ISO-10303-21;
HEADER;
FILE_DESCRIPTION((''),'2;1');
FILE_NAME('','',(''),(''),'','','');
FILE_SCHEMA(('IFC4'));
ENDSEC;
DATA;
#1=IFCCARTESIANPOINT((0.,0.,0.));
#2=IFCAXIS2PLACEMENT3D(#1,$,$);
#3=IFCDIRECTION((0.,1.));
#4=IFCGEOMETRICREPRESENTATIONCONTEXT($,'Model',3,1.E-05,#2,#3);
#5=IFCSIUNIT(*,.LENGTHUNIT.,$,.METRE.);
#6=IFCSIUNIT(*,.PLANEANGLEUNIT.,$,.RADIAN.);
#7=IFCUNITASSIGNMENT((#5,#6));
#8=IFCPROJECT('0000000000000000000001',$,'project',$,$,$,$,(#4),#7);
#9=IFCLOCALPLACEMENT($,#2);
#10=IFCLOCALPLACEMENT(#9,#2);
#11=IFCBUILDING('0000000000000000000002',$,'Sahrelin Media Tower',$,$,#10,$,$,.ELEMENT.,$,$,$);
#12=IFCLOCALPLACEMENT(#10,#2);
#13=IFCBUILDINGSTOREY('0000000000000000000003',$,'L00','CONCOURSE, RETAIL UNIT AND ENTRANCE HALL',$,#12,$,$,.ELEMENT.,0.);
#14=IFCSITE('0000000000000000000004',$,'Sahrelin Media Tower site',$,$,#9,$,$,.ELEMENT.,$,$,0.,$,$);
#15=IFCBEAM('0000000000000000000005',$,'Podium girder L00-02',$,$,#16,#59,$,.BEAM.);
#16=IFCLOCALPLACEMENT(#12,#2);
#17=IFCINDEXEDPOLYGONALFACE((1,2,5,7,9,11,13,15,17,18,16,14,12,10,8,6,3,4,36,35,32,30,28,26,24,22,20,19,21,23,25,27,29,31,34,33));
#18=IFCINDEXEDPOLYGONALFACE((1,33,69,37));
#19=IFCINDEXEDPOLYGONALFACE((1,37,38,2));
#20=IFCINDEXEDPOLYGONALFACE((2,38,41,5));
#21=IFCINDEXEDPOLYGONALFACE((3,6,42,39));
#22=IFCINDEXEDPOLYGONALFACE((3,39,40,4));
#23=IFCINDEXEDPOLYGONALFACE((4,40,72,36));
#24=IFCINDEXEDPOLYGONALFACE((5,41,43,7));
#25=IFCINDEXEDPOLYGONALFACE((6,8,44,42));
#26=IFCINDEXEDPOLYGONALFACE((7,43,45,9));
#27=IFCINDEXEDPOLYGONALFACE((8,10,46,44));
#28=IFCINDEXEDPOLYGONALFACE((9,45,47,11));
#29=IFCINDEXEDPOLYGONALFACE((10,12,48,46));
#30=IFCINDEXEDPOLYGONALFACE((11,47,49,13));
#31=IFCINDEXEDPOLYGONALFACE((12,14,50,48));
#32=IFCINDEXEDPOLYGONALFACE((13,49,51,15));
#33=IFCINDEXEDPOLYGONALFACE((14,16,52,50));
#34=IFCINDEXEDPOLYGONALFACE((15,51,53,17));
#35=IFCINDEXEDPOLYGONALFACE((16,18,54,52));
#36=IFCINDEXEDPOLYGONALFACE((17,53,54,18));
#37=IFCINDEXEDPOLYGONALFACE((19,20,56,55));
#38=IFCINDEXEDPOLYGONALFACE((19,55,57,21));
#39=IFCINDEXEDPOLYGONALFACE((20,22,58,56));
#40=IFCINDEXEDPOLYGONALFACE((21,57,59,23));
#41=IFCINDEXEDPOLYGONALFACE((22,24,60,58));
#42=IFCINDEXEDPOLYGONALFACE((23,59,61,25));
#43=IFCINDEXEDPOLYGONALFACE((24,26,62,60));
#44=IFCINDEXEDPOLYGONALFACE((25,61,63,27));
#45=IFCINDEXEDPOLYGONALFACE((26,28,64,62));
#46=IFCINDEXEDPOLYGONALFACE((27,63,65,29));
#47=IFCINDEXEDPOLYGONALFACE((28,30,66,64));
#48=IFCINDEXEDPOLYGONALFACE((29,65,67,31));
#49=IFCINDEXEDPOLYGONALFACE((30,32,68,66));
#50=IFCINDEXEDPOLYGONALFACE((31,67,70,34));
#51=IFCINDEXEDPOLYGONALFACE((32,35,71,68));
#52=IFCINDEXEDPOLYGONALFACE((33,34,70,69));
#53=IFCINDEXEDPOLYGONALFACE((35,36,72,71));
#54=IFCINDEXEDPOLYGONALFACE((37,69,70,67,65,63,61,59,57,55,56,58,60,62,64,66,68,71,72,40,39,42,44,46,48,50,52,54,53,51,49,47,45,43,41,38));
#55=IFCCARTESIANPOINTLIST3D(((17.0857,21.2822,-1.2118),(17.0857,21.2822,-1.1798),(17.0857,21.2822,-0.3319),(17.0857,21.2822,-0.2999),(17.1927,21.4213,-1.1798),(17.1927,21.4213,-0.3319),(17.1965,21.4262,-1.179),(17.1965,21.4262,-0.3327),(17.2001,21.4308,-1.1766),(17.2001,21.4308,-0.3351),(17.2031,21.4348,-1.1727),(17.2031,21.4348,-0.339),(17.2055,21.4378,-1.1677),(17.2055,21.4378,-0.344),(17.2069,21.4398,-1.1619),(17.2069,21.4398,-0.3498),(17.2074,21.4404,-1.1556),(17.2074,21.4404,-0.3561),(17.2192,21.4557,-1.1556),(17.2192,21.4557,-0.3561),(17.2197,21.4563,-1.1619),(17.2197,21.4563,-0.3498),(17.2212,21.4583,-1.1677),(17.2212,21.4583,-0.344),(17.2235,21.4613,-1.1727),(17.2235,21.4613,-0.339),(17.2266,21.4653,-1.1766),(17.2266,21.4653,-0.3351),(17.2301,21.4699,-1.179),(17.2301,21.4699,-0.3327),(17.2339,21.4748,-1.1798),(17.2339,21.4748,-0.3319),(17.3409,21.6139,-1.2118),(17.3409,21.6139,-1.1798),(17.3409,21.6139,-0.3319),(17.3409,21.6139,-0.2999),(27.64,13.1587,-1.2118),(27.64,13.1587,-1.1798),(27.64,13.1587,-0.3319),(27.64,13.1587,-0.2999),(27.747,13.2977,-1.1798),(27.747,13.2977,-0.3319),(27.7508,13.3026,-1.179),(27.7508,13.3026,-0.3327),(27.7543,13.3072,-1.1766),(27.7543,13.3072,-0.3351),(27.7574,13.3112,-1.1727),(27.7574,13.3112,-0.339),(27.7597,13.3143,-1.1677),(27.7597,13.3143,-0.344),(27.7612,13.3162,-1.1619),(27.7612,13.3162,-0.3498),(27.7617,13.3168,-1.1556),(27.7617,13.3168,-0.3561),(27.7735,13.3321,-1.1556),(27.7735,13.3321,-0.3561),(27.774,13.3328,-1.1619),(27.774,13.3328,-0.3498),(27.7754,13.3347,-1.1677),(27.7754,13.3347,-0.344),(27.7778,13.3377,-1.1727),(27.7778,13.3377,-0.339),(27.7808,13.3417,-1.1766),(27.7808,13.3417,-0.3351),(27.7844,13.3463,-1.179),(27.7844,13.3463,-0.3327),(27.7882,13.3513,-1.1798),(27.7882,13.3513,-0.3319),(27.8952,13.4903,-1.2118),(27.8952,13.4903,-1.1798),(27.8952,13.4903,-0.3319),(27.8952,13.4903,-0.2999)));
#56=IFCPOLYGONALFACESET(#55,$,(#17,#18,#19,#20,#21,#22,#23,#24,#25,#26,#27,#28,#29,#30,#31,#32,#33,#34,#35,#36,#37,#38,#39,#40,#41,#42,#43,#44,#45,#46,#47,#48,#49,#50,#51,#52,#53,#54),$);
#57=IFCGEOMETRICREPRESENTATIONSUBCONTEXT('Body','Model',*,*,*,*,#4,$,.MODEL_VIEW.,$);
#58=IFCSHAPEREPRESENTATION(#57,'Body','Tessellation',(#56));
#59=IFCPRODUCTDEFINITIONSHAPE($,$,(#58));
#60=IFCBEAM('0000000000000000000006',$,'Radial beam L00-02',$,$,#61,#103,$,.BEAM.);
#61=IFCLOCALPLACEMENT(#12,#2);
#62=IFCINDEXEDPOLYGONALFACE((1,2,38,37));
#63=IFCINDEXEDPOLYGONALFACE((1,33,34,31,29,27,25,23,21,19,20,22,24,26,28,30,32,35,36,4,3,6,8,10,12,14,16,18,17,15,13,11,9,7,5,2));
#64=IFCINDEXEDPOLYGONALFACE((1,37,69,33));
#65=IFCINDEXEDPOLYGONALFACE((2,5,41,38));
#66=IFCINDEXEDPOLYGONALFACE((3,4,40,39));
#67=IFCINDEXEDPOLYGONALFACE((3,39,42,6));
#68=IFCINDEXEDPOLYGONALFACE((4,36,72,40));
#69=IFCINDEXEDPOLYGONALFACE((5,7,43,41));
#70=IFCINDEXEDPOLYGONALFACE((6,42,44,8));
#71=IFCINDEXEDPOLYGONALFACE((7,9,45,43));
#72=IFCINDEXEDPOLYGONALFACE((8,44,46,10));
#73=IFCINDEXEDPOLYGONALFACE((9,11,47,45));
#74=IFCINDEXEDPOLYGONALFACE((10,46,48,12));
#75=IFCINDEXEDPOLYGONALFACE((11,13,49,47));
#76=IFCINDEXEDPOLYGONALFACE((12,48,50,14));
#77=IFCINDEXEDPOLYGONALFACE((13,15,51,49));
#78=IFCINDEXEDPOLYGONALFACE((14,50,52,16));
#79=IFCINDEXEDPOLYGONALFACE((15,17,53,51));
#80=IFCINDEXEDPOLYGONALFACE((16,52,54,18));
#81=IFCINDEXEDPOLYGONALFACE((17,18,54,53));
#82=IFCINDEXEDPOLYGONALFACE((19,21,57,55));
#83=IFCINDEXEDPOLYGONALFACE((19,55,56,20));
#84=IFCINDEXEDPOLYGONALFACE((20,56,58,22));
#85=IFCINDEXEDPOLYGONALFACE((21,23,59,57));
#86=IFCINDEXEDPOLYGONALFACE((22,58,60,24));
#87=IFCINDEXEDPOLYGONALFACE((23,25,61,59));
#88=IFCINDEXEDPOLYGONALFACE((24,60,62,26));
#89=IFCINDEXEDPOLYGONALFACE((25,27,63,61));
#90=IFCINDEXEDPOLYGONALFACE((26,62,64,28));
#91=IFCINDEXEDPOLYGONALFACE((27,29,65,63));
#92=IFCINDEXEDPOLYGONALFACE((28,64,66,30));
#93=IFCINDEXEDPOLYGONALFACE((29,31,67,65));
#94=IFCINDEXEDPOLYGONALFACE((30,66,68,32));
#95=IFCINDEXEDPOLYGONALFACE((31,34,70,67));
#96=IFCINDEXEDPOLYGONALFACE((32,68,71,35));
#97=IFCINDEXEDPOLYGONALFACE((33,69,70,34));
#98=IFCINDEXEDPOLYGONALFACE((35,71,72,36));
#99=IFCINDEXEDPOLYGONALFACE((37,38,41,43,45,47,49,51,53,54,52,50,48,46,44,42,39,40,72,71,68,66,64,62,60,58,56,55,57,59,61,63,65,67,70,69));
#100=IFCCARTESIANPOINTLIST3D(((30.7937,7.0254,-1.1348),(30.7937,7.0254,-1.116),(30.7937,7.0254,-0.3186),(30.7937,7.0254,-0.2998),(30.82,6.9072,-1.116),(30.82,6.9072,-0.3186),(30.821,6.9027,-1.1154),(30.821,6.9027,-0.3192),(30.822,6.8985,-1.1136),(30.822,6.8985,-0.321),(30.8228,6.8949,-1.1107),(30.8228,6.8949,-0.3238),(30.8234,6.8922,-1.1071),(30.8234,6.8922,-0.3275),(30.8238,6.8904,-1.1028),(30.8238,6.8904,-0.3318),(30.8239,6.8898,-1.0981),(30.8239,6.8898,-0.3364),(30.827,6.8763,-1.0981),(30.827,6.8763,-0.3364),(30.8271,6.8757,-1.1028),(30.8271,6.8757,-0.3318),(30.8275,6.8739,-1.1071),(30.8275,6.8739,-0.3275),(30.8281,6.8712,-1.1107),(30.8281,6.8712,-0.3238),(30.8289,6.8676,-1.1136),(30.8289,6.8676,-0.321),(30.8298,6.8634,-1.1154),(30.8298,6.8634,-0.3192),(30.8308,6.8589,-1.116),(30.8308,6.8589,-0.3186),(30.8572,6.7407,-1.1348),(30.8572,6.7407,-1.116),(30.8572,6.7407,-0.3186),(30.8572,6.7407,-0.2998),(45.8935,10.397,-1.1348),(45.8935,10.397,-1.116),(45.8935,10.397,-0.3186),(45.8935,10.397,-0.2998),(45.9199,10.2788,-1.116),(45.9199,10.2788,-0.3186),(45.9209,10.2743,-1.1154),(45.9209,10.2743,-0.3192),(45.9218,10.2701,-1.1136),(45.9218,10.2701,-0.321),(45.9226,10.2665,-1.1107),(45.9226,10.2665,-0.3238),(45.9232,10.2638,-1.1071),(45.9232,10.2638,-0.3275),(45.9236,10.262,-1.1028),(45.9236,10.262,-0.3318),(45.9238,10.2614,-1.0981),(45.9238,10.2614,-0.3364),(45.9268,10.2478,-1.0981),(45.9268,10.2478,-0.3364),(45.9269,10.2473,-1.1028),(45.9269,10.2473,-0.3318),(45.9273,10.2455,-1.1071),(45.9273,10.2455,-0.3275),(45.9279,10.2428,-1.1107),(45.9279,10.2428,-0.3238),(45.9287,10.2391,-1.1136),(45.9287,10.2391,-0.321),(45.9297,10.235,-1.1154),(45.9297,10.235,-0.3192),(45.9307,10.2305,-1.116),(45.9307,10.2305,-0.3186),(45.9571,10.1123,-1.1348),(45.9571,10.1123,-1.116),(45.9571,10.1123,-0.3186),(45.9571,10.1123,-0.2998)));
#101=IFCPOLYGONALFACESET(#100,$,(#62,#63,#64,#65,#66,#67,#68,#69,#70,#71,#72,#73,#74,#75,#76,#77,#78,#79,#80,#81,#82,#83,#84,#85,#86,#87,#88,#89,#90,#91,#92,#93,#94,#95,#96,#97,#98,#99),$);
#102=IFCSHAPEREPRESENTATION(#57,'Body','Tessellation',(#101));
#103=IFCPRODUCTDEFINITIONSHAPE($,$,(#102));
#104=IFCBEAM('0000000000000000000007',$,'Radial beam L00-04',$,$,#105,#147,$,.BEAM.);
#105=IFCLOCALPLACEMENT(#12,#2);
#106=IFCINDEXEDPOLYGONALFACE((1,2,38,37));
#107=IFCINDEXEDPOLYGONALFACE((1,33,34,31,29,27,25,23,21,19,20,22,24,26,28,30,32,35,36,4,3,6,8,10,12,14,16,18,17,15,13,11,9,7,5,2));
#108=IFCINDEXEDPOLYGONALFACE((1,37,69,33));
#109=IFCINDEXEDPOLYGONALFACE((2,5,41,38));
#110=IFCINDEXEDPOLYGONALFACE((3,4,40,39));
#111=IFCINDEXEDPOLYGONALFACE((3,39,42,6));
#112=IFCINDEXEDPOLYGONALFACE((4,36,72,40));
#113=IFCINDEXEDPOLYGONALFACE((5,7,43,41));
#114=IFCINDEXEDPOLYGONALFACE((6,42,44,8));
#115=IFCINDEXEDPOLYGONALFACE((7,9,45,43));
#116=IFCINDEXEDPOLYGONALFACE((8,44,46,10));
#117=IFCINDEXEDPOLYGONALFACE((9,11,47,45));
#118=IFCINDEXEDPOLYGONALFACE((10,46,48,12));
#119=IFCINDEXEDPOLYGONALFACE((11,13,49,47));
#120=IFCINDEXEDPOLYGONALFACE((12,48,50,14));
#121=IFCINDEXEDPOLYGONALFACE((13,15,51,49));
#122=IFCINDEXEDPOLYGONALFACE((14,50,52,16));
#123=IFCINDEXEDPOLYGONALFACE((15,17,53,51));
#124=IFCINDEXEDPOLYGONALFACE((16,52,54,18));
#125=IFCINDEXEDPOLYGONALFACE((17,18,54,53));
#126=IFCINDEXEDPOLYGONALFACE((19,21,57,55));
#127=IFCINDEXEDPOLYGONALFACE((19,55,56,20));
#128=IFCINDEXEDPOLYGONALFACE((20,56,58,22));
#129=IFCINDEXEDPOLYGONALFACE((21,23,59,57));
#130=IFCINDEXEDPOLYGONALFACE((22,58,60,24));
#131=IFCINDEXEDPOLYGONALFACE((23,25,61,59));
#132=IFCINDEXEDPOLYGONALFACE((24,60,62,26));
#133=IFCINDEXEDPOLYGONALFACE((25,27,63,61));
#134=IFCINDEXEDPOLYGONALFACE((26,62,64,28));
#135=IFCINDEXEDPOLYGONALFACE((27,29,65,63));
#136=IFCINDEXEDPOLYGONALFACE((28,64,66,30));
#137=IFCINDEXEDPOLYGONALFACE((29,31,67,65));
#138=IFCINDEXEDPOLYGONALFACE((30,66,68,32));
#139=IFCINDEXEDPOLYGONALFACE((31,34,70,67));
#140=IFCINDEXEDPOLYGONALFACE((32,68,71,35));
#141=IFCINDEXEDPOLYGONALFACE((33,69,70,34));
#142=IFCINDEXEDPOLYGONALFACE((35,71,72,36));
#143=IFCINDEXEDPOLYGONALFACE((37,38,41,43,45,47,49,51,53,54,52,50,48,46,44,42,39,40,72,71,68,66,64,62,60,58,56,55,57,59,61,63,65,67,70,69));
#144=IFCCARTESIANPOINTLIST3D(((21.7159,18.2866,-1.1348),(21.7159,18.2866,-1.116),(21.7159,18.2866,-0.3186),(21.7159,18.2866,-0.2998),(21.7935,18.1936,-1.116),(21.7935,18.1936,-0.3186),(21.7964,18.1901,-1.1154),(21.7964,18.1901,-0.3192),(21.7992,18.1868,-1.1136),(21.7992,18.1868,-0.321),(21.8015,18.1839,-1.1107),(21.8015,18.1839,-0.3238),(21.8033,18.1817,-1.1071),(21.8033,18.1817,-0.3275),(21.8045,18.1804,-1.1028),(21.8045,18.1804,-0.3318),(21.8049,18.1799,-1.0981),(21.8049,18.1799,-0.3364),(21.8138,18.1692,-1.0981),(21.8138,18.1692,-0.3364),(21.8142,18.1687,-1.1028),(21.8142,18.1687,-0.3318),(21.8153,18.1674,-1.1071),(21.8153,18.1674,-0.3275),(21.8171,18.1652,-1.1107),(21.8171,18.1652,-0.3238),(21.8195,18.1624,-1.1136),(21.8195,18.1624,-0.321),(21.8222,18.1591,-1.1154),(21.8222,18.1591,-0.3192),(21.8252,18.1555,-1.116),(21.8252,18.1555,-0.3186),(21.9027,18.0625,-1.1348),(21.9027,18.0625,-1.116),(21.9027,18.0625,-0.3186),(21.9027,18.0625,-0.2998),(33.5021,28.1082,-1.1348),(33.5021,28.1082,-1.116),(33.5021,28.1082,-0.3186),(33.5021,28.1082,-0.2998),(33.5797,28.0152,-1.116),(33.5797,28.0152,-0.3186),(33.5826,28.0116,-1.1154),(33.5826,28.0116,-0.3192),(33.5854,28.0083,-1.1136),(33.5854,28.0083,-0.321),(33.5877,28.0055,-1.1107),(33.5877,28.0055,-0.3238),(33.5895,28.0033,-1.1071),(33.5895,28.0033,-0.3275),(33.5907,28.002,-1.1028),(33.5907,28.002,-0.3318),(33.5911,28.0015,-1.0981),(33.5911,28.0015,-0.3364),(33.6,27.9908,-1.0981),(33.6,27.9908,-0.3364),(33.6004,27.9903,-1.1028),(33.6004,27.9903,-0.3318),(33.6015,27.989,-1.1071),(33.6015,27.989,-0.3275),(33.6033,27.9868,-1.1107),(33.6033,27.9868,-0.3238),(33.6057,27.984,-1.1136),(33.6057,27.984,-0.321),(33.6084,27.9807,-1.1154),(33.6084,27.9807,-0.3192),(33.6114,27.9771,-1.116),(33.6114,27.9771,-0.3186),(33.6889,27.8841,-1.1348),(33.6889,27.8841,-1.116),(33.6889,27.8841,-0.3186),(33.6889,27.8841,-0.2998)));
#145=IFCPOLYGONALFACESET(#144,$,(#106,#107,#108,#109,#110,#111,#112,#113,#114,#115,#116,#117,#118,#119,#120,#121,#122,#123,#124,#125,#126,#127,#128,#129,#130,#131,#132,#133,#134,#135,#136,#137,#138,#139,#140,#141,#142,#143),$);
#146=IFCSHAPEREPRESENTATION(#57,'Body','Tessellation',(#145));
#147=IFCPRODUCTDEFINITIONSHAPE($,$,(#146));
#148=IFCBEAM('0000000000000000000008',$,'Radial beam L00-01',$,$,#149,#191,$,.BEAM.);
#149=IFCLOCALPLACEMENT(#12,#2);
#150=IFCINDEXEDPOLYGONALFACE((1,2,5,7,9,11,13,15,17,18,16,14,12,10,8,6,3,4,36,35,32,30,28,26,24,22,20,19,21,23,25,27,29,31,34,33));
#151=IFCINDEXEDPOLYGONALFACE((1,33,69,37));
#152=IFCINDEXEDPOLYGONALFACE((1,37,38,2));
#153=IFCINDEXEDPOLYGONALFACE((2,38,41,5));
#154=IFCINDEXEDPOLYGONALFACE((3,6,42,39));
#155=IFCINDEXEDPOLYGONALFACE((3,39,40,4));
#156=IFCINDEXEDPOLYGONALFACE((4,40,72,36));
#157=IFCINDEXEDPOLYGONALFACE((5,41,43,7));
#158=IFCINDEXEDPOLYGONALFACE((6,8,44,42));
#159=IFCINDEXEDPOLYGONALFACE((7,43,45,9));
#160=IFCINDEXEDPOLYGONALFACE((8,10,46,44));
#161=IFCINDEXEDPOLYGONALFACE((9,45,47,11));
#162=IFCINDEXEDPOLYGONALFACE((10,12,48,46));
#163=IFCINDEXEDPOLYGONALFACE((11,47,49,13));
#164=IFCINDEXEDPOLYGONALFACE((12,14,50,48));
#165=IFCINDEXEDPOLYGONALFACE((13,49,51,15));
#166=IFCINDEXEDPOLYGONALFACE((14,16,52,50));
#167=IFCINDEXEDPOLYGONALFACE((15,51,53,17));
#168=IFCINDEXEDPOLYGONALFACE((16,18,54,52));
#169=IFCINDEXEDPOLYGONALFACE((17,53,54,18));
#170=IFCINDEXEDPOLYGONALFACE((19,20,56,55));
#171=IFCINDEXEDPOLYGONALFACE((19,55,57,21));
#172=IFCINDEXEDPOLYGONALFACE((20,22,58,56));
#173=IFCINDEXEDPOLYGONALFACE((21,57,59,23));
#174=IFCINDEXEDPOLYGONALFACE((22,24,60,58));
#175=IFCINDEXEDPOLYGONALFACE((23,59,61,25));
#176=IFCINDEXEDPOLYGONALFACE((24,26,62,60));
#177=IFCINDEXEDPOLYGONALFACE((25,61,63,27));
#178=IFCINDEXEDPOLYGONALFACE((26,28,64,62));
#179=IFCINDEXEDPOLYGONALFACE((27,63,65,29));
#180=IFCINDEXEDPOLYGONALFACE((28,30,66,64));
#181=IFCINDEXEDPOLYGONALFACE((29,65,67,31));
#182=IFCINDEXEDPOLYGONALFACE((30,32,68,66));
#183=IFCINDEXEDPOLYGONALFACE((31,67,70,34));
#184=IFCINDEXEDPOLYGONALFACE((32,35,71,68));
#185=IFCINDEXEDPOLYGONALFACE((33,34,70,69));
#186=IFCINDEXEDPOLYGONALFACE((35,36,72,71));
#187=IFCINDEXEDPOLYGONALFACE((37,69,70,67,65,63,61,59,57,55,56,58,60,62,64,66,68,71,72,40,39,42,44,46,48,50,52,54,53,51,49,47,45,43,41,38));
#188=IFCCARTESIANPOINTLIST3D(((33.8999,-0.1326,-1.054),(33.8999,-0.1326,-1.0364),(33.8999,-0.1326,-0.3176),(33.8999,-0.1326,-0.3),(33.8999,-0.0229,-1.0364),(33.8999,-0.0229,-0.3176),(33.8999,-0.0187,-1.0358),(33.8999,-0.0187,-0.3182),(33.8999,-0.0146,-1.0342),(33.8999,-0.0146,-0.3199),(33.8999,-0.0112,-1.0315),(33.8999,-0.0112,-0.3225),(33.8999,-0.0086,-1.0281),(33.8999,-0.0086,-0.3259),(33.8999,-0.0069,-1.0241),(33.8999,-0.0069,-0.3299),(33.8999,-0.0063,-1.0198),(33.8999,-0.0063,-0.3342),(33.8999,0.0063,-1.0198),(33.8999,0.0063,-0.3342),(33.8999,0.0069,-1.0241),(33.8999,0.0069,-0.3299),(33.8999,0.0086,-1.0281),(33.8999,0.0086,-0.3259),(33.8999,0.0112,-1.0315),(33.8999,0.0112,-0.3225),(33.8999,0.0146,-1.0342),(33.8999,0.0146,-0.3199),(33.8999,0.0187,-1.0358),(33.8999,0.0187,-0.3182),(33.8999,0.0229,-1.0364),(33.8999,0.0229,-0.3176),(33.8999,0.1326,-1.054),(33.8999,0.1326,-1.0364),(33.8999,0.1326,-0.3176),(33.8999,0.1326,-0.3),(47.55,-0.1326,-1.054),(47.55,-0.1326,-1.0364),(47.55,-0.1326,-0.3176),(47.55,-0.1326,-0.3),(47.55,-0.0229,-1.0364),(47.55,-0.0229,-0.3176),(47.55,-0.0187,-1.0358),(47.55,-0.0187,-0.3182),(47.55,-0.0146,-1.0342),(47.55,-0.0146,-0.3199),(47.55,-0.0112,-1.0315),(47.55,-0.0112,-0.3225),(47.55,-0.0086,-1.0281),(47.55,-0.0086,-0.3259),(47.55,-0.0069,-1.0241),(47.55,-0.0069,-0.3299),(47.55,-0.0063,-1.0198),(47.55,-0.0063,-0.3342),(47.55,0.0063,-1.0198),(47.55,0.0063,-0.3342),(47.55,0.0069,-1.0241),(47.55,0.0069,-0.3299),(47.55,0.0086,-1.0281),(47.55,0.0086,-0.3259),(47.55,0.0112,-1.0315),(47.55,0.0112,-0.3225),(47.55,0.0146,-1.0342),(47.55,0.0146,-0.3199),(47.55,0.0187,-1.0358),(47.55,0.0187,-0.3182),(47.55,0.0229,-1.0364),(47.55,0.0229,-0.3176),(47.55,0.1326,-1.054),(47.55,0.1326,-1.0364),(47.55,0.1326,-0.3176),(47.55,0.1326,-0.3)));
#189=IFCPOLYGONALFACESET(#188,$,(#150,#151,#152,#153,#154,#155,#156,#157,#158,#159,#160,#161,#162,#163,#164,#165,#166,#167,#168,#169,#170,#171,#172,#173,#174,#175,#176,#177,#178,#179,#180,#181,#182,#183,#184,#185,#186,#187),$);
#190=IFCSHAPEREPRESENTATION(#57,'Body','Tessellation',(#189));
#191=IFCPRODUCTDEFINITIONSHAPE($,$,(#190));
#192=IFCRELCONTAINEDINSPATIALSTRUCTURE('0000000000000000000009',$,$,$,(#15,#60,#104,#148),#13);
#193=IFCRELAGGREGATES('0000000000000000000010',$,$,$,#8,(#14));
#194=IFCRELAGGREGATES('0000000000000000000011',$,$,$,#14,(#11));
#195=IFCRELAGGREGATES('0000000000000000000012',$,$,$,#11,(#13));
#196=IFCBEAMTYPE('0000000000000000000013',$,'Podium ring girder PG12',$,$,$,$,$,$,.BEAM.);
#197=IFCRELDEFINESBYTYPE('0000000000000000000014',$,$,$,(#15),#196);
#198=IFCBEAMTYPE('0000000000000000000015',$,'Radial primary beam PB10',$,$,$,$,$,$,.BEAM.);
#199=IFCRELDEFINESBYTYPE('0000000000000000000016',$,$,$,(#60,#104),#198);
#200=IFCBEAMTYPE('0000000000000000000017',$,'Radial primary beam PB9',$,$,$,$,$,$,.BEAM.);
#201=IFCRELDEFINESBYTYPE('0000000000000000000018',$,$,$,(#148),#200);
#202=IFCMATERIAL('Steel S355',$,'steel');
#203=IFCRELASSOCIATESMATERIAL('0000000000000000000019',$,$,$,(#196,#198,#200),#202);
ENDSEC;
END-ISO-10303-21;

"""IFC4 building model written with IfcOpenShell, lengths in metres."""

from ifc_helpers import new_model, si_unit, direction, frame, origin, origin_2d, place, context, subcontext, project, spatial, i_section, extrude, material, material_profile, profile_set, type_object, element, save


model = new_model("IFC4")

# Units and contexts
model_context = context("Model", 3, precision=1e-05, world=origin(), true_north=direction((0.0, 1.0)))
body_context = subcontext(model_context, "Body", "Model", "MODEL_VIEW")
ifc_project = project(units=[si_unit("LENGTHUNIT", "METRE"), si_unit("PLANEANGLEUNIT", "RADIAN")], contexts=[model_context])

# Site, building, storey
site_placement = place(None, origin())
site = spatial("IfcSite", under=ifc_project, at=site_placement, Name="Sahrelin Media Tower site", CompositionType="ELEMENT", RefElevation=0.0)
building_placement = place(site_placement, origin())
building = spatial("IfcBuilding", under=site, at=building_placement, Name="Sahrelin Media Tower", CompositionType="ELEMENT")
storey_placement = place(building_placement, origin())
storey = spatial("IfcBuildingStorey", under=building, at=storey_placement, Name="L00", Description="CONCOURSE, RETAIL UNIT AND ENTRANCE HALL", CompositionType="ELEMENT", Elevation=0.0)

# Beams
ifc_material_1 = material(Name="Steel S355", Category="steel")
ifc_material_profile_1 = material_profile(ifc_material_1, i_section(OverallWidth=0.4185, OverallDepth=0.9119, WebThickness=0.0193, FlangeThickness=0.032, FilletRadius=0.0242, at=origin_2d()), Name="UB 914x419x343")
ifc_profile_set_1 = profile_set([ifc_material_profile_1], Name="Steel S355")
beam_type_1 = type_object("IfcBeamType", Name="Podium ring girder PG12", PredefinedType="BEAM", material=ifc_profile_set_1)
beam_1_placement = place(storey_placement, frame((27.7676, 13.3245, -0.7559), z_axis=(-0.792445, 0.609943, 0.0), x_axis=(-0.609943, -0.792445, 0.0)))
element("IfcBeam", 1, at=beam_1_placement, inside=storey, type_object=beam_type_1, Name="Podium girder L00-02", PredefinedType="BEAM", context=body_context, shape_type="SweptSolid", body=[
    extrude(i_section(OverallWidth=0.4185, OverallDepth=0.9119, WebThickness=0.0193, FlangeThickness=0.032, FilletRadius=0.0242, at=origin_2d()), origin(), (0.0, 0.0, 1.0), 13.3186),
])
ifc_material_profile_2 = material_profile(ifc_material_1, i_section(OverallWidth=0.2917, OverallDepth=0.835, WebThickness=0.0139, FlangeThickness=0.0188, FilletRadius=0.0178, at=origin_2d()), Name="UB 838x292x176")
ifc_profile_set_2 = profile_set([ifc_material_profile_2], Name="Steel S355")
beam_type_2 = type_object("IfcBeamType", Name="Radial primary beam PB10", PredefinedType="BEAM", material=ifc_profile_set_2)
beam_2_placement = place(storey_placement, frame((30.8254, 6.8831, -0.7173), z_axis=(0.975967, 0.217919, 0.0), x_axis=(-0.217919, 0.975967, 0.0)))
element("IfcBeam", 2, at=beam_2_placement, inside=storey, type_object=beam_type_2, Name="Radial beam L00-02", PredefinedType="BEAM", context=body_context, shape_type="SweptSolid", body=[
    extrude(i_section(OverallWidth=0.2917, OverallDepth=0.835, WebThickness=0.0139, FlangeThickness=0.0188, FilletRadius=0.0178, at=origin_2d()), origin(), (0.0, 0.0, 1.0), 15.4717),
])
beam_3_placement = place(storey_placement, frame((21.8093, 18.1746, -0.7173), z_axis=(0.768229, 0.640175, 0.0), x_axis=(-0.640175, 0.768229, 0.0)))
element("IfcBeam", 3, at=beam_3_placement, inside=storey, type_object=beam_type_2, Name="Radial beam L00-04", PredefinedType="BEAM", context=body_context, shape_type="SweptSolid", body=[
    extrude(i_section(OverallWidth=0.2917, OverallDepth=0.835, WebThickness=0.0139, FlangeThickness=0.0188, FilletRadius=0.0178, at=origin_2d()), origin(), (0.0, 0.0, 1.0), 15.342),
])
ifc_material_profile_3 = material_profile(ifc_material_1, i_section(OverallWidth=0.2651, OverallDepth=0.7539, WebThickness=0.0127, FlangeThickness=0.0176, FilletRadius=0.0166, at=origin_2d()), Name="UB 762x267x147")
ifc_profile_set_3 = profile_set([ifc_material_profile_3], Name="Steel S355")
beam_type_3 = type_object("IfcBeamType", Name="Radial primary beam PB9", PredefinedType="BEAM", material=ifc_profile_set_3)
beam_4_placement = place(storey_placement, frame((33.8999, 0.0, -0.677), z_axis=(1.0, 0.0, 0.0), x_axis=(0.0, 1.0, 0.0)))
element("IfcBeam", 4, at=beam_4_placement, inside=storey, type_object=beam_type_3, Name="Radial beam L00-01", PredefinedType="BEAM", context=body_context, shape_type="SweptSolid", body=[
    extrude(i_section(OverallWidth=0.2651, OverallDepth=0.7539, WebThickness=0.0127, FlangeThickness=0.0176, FilletRadius=0.0166, at=origin_2d()), origin(), (0.0, 0.0, 1.0), 13.6501),
])

save(model, "model.ifc")
